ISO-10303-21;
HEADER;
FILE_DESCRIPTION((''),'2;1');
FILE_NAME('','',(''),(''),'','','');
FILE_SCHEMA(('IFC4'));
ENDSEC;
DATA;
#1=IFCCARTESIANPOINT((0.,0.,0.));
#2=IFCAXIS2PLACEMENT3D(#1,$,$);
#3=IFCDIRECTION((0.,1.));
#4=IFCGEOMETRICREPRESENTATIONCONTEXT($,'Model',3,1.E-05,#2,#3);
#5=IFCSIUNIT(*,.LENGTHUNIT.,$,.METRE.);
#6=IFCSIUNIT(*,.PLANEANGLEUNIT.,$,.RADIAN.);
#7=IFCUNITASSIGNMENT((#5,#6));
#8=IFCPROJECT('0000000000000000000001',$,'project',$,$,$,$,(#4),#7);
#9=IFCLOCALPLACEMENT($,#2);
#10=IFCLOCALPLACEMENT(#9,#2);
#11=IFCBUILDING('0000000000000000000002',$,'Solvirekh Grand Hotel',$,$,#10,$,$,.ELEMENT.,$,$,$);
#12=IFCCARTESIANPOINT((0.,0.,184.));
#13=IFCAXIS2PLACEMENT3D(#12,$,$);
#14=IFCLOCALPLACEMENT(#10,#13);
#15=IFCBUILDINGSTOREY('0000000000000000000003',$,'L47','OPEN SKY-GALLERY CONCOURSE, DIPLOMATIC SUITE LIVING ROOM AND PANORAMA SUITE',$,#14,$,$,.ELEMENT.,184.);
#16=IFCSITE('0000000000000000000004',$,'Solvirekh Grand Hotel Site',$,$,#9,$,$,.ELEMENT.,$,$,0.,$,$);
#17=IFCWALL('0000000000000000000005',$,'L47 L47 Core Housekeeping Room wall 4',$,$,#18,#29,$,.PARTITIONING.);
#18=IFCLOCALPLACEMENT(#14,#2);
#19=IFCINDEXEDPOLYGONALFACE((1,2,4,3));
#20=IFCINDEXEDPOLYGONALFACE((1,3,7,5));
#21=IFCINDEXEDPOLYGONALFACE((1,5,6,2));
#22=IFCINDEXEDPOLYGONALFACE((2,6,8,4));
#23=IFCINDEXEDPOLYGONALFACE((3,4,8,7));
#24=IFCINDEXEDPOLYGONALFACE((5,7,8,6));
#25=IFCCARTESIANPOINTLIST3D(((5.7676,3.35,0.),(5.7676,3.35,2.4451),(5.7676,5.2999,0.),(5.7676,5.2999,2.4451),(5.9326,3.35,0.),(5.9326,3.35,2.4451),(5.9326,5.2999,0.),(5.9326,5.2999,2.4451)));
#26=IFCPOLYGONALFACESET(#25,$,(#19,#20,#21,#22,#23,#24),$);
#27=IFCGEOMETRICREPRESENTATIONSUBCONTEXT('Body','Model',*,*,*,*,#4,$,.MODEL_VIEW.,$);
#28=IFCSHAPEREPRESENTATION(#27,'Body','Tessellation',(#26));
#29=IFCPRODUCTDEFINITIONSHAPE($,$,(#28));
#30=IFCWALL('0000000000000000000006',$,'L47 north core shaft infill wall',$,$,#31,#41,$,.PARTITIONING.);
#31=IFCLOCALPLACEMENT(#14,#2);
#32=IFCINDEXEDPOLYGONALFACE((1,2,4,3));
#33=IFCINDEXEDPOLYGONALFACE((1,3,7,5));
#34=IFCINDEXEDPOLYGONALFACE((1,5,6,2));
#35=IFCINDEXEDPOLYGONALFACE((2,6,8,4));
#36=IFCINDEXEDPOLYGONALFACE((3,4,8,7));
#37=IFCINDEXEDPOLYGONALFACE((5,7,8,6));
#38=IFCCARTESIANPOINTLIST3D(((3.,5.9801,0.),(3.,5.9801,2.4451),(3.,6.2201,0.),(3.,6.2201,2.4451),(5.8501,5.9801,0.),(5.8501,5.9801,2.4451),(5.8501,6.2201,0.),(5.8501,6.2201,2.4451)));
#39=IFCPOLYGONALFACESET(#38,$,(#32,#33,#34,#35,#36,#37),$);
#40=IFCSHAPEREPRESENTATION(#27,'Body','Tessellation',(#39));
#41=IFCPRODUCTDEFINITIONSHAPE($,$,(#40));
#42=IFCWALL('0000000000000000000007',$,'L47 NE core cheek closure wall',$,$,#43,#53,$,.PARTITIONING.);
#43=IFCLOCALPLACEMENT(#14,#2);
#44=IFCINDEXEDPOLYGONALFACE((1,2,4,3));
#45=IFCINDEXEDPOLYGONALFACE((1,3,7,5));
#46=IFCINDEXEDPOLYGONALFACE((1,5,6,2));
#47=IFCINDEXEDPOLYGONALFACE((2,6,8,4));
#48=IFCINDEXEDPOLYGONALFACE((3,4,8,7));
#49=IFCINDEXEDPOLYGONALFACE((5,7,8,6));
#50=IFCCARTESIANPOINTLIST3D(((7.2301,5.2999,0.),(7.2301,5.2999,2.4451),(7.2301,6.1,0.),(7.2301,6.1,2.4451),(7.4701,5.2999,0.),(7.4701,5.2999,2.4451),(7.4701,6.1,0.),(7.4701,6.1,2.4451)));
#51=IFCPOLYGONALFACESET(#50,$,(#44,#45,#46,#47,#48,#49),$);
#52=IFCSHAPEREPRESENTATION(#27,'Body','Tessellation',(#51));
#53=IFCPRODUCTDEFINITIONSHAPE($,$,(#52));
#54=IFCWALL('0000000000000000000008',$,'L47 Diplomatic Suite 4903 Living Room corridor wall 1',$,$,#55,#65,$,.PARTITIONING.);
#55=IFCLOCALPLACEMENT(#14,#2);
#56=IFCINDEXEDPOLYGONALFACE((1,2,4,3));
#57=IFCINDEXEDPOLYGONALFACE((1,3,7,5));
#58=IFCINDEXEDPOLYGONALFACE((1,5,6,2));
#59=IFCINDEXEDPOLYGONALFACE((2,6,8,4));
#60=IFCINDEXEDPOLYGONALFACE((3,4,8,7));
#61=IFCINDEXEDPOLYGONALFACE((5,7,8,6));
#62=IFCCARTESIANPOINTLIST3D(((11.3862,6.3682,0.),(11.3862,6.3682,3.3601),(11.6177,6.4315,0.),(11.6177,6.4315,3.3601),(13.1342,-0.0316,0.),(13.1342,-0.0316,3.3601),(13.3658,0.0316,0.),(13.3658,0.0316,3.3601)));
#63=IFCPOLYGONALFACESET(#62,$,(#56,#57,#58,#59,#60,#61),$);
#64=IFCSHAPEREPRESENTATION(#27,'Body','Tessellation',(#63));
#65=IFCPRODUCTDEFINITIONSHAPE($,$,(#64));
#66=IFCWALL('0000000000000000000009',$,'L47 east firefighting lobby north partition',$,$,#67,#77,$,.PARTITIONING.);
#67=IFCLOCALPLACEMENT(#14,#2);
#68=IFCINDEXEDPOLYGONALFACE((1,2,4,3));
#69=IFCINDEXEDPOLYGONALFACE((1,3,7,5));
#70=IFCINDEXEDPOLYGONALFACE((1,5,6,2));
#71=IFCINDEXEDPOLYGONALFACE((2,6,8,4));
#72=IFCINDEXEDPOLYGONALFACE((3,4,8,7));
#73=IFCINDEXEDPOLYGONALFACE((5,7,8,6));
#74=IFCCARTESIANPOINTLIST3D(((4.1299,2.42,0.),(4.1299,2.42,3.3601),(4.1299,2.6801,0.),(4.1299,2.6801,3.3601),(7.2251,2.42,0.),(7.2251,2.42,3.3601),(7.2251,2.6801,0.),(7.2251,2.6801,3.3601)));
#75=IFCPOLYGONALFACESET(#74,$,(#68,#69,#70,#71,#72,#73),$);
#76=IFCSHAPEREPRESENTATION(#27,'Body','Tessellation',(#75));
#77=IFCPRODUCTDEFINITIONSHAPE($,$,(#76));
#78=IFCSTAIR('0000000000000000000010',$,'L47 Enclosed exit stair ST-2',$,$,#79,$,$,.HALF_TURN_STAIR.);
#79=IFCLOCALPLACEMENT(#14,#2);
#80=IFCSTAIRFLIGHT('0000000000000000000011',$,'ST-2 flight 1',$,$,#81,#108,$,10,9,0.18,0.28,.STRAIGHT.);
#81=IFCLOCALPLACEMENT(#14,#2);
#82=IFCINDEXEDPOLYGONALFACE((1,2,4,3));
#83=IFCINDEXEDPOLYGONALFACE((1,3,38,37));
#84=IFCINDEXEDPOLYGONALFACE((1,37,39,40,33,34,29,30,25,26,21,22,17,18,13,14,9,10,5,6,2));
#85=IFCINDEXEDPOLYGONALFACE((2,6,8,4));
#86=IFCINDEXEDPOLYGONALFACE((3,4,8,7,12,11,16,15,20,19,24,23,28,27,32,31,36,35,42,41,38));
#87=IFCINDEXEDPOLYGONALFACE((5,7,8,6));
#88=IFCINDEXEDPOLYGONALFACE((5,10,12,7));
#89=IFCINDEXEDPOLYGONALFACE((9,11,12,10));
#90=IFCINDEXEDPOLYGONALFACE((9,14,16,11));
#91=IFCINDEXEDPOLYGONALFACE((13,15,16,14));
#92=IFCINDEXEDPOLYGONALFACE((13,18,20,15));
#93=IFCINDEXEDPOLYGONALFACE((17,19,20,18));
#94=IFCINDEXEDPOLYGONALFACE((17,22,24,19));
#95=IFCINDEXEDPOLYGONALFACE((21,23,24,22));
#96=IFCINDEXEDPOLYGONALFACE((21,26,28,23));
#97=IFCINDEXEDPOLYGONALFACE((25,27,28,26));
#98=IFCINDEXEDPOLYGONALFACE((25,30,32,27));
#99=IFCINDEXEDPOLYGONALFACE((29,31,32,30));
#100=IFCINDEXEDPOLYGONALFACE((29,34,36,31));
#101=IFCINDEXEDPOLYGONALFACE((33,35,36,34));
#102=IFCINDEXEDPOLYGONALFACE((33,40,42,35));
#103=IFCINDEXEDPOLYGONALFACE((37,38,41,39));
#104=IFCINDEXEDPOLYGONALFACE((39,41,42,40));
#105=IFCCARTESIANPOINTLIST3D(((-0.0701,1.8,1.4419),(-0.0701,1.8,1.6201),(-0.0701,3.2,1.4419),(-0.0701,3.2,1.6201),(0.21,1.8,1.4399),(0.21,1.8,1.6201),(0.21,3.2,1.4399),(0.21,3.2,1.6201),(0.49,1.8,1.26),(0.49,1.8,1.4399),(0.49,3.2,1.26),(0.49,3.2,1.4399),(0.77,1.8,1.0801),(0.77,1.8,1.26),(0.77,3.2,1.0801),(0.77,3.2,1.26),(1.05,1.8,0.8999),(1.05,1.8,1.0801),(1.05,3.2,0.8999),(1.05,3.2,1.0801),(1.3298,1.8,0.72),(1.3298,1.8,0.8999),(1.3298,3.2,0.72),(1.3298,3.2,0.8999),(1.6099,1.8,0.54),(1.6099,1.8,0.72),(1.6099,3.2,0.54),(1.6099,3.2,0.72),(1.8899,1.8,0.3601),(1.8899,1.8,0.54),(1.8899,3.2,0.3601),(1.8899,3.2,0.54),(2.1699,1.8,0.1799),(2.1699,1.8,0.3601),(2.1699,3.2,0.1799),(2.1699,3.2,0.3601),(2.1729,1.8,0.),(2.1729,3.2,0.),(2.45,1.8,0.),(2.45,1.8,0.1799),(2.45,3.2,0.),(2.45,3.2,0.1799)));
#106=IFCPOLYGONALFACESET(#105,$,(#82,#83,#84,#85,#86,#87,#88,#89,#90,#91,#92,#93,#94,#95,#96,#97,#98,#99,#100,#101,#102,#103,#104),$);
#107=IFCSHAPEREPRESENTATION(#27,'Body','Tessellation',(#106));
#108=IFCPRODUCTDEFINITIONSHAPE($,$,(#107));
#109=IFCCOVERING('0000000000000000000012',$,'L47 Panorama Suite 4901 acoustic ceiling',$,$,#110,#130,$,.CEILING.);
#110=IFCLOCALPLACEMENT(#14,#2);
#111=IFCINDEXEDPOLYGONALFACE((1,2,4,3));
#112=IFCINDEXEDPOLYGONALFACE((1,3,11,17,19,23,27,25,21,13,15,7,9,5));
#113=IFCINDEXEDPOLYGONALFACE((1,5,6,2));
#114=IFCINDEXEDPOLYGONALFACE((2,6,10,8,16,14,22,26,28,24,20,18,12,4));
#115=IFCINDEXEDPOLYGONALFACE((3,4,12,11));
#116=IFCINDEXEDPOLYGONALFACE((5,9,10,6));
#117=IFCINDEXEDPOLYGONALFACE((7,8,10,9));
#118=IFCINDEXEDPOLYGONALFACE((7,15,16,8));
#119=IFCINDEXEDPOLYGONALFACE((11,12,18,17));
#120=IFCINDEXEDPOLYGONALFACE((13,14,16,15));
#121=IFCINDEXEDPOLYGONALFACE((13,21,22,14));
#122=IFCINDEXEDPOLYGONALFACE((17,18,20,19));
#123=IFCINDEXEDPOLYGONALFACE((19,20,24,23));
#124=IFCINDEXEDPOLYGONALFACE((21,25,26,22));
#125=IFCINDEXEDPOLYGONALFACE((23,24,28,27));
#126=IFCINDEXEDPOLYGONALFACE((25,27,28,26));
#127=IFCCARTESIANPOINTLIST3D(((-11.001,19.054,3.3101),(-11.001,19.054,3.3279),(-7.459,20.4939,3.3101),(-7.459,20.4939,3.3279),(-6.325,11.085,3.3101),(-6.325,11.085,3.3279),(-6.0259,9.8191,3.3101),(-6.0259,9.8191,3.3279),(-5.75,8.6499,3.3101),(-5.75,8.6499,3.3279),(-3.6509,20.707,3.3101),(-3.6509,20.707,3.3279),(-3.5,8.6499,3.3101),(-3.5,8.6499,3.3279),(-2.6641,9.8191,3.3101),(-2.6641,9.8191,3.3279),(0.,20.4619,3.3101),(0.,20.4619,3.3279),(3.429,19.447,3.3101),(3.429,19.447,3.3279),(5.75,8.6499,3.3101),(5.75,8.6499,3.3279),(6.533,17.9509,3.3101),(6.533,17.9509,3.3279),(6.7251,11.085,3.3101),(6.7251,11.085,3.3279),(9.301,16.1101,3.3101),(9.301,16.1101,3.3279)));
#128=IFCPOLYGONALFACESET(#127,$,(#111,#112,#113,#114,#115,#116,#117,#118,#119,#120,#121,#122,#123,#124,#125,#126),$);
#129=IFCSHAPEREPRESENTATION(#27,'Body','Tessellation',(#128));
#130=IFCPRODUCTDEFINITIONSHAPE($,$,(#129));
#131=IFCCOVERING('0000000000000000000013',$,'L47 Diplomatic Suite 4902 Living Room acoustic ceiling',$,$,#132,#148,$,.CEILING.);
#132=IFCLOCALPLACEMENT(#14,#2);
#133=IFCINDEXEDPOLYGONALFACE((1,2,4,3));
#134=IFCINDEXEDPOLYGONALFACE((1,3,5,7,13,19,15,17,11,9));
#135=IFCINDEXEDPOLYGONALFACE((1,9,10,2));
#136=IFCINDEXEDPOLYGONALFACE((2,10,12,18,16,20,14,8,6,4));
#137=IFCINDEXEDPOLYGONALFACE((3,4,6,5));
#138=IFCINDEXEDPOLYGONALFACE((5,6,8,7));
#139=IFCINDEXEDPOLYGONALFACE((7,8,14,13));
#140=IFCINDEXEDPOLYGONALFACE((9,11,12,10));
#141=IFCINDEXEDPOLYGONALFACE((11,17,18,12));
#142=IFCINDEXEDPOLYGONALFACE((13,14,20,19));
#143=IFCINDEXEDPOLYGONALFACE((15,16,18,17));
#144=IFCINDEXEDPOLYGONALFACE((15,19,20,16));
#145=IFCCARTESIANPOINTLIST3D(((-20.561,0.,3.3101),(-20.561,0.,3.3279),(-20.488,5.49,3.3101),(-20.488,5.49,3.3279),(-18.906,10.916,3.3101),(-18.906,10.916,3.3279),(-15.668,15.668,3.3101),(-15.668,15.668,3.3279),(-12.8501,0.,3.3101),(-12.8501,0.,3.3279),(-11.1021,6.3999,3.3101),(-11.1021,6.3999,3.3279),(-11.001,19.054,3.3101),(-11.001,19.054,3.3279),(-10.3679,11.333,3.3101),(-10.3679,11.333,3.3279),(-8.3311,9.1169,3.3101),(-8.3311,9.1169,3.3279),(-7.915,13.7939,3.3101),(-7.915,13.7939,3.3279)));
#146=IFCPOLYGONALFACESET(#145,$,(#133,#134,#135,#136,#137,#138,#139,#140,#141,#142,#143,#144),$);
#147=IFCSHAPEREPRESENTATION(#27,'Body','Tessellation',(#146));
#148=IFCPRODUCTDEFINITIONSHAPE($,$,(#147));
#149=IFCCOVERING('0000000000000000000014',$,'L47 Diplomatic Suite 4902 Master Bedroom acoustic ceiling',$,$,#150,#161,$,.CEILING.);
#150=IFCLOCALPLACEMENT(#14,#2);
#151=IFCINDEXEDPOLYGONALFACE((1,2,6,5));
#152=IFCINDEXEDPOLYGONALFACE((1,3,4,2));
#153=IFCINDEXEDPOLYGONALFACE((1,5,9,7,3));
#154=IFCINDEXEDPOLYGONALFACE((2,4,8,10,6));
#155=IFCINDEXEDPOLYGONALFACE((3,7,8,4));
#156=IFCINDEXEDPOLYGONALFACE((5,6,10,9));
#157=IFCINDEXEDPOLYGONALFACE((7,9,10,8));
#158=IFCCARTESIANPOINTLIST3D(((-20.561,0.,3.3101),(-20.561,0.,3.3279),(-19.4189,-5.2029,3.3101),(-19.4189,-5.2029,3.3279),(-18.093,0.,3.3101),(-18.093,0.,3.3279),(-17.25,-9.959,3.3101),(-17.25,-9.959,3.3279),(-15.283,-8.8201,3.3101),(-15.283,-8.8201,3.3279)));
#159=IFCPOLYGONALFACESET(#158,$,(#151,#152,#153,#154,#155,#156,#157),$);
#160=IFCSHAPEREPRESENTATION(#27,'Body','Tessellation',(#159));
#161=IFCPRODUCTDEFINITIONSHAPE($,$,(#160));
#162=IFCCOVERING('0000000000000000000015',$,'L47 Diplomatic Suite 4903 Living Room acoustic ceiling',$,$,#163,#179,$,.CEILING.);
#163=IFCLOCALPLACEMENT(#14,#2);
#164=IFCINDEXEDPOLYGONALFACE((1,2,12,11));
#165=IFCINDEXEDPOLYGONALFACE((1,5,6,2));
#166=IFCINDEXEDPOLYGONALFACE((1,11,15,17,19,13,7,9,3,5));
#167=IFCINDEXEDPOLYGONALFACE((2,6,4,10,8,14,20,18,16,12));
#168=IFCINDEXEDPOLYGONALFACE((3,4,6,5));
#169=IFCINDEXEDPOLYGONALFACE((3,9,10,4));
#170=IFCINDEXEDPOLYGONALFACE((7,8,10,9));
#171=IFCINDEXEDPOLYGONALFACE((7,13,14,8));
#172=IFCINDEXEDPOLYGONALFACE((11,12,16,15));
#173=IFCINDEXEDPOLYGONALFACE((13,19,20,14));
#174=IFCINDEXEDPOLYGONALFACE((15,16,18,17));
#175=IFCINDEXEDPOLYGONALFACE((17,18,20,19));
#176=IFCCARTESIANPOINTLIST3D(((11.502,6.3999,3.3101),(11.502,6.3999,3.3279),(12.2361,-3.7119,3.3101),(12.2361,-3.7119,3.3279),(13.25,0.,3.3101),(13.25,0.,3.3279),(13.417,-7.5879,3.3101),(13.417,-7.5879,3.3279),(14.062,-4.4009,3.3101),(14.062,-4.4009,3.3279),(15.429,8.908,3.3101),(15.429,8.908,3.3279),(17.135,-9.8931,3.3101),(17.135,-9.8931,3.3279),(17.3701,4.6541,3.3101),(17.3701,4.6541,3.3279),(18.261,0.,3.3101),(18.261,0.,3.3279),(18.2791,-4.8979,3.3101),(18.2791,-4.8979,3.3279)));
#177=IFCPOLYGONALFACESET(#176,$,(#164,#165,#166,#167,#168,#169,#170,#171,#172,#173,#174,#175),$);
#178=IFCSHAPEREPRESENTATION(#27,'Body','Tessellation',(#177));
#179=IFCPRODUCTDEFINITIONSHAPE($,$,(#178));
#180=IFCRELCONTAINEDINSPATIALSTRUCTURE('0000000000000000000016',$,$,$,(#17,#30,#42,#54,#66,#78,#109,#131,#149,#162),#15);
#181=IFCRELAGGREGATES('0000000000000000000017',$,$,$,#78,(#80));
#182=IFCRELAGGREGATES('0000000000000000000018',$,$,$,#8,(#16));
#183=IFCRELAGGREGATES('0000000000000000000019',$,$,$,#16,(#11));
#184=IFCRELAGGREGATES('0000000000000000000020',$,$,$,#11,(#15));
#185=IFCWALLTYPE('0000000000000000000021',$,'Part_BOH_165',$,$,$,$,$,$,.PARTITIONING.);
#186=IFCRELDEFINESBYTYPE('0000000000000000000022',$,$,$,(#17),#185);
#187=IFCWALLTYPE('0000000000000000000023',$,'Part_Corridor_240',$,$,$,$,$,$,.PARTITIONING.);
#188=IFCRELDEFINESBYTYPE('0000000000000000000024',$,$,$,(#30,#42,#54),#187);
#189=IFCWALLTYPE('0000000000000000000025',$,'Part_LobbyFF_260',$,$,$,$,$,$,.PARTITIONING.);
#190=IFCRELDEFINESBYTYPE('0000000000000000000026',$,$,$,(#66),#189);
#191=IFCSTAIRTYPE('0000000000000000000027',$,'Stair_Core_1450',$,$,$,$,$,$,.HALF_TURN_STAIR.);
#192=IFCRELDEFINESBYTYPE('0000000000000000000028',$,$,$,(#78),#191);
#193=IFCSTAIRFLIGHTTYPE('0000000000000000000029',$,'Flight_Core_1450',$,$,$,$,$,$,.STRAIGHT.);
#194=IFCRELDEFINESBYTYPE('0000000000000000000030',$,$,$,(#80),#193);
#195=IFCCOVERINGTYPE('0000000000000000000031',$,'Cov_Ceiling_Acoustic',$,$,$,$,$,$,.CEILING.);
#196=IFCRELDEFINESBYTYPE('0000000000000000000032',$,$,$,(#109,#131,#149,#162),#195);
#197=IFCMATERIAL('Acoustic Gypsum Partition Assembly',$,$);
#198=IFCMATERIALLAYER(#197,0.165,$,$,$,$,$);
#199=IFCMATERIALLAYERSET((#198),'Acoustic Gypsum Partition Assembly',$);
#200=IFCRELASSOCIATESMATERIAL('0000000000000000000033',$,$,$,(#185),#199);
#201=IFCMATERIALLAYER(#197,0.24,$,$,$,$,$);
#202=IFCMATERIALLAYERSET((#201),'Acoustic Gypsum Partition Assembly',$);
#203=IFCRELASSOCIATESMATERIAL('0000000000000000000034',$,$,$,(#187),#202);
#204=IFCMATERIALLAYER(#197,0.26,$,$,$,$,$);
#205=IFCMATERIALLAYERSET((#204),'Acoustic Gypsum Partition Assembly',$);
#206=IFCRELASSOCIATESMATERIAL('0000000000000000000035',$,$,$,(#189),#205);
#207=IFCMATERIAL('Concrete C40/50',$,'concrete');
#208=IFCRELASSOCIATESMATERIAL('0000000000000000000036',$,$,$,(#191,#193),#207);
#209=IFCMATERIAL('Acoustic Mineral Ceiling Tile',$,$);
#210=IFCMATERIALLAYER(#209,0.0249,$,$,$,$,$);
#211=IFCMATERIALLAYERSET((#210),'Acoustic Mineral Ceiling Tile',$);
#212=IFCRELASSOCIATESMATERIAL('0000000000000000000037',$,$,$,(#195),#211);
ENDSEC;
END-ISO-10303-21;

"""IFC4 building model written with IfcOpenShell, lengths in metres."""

from ifc_helpers import new_model, si_unit, direction, frame, frame_2d, origin, place, context, subcontext, project, spatial, polyline, rectangle, outline, extrude, material, layer, layer_set, type_object, element, aggregate, save


model = new_model("IFC4")

# Units and contexts
model_context = context("Model", 3, precision=1e-05, world=origin(), true_north=direction((0.0, 1.0)))
body_context = subcontext(model_context, "Body", "Model", "MODEL_VIEW")
ifc_project = project(units=[si_unit("LENGTHUNIT", "METRE"), si_unit("PLANEANGLEUNIT", "RADIAN")], contexts=[model_context])

# Site, building, storey
site_placement = place(None, origin())
site = spatial("IfcSite", under=ifc_project, at=site_placement, Name="Solvirekh Grand Hotel Site", CompositionType="ELEMENT", RefElevation=0.0)
building_placement = place(site_placement, origin())
building = spatial("IfcBuilding", under=site, at=building_placement, Name="Solvirekh Grand Hotel", CompositionType="ELEMENT")
storey_placement = place(building_placement, frame((0.0, 0.0, 184.0)))
storey = spatial("IfcBuildingStorey", under=building, at=storey_placement, Name="L47", Description="OPEN SKY-GALLERY CONCOURSE, DIPLOMATIC SUITE LIVING ROOM AND PANORAMA SUITE", CompositionType="ELEMENT", Elevation=184.0)

# Shared definitions
ifc_material_1 = material(Name="Concrete C40/50", Category="concrete")

# Shared definitions
ifc_material_2 = material(Name="Acoustic Gypsum Partition Assembly")
ifc_layer_1 = layer(ifc_material_2, 0.165)
ifc_layer_set_1 = layer_set([ifc_layer_1], Name="Acoustic Gypsum Partition Assembly")
wall_type_1 = type_object("IfcWallType", Name="Part_BOH_165", PredefinedType="PARTITIONING", material=ifc_layer_set_1)

# Walls
wall_1_placement = place(storey_placement, frame((5.8501, 5.3, 0.0), z_axis=(0.0, 0.0, 1.0), x_axis=(0.0, -1.0, 0.0)))
element("IfcWall", 1, at=wall_1_placement, inside=storey, type_object=wall_type_1, Name="L47 L47 Core Housekeeping Room wall 4", PredefinedType="PARTITIONING", context=body_context, shape_type="SweptSolid", body=[
    extrude(rectangle(XDim=1.95, YDim=0.165, at=frame_2d((0.9751, 0.0))), origin(), (0.0, 0.0, 1.0), 2.4451),
])
ifc_layer_2 = layer(ifc_material_2, 0.24)
ifc_layer_set_2 = layer_set([ifc_layer_2], Name="Acoustic Gypsum Partition Assembly")
wall_type_2 = type_object("IfcWallType", Name="Part_Corridor_240", PredefinedType="PARTITIONING", material=ifc_layer_set_2)
wall_2_placement = place(storey_placement, frame((3.0, 6.1001, 0.0), z_axis=(0.0, 0.0, 1.0), x_axis=(1.0, 0.0, 0.0)))
element("IfcWall", 2, at=wall_2_placement, inside=storey, type_object=wall_type_2, Name="L47 north core shaft infill wall", PredefinedType="PARTITIONING", context=body_context, shape_type="SweptSolid", body=[
    extrude(rectangle(XDim=2.8501, YDim=0.24, at=frame_2d((1.425, 0.0))), origin(), (0.0, 0.0, 1.0), 2.4451),
])
wall_3_placement = place(storey_placement, frame((7.3501, 5.3, 0.0), z_axis=(0.0, 0.0, 1.0), x_axis=(0.0, 1.0, 0.0)))
element("IfcWall", 3, at=wall_3_placement, inside=storey, type_object=wall_type_2, Name="L47 NE core cheek closure wall", PredefinedType="PARTITIONING", context=body_context, shape_type="SweptSolid", body=[
    extrude(rectangle(XDim=0.8, YDim=0.24, at=frame_2d((0.3999, 0.0))), origin(), (0.0, 0.0, 1.0), 2.4451),
])
wall_4_placement = place(storey_placement, frame((13.25, 0.0, 0.0), z_axis=(0.0, 0.0, 1.0), x_axis=(-0.263485, 0.964664, 0.0)))
element("IfcWall", 4, at=wall_4_placement, inside=storey, type_object=wall_type_2, Name="L47 Diplomatic Suite 4903 Living Room corridor wall 1", PredefinedType="PARTITIONING", context=body_context, shape_type="SweptSolid", body=[
    extrude(rectangle(XDim=6.6343, YDim=0.24, at=frame_2d((3.3171, 0.0))), origin(), (0.0, 0.0, 1.0), 3.3601),
])
ifc_layer_3 = layer(ifc_material_2, 0.26)
ifc_layer_set_3 = layer_set([ifc_layer_3], Name="Acoustic Gypsum Partition Assembly")
wall_type_3 = type_object("IfcWallType", Name="Part_LobbyFF_260", PredefinedType="PARTITIONING", material=ifc_layer_set_3)
wall_5_placement = place(storey_placement, frame((4.1299, 2.55, 0.0), z_axis=(0.0, 0.0, 1.0), x_axis=(1.0, 0.0, 0.0)))
element("IfcWall", 5, at=wall_5_placement, inside=storey, type_object=wall_type_3, Name="L47 east firefighting lobby north partition", PredefinedType="PARTITIONING", context=body_context, shape_type="SweptSolid", body=[
    extrude(rectangle(XDim=3.0952, YDim=0.26, at=frame_2d((1.5476, 0.0))), origin(), (0.0, 0.0, 1.0), 3.3601),
])

# Stair, stair flight
stair_type = type_object("IfcStairType", Name="Stair_Core_1450", PredefinedType="HALF_TURN_STAIR", material=ifc_material_1)
stair_placement = place(storey_placement, origin())
stair = element("IfcStair", 6, at=stair_placement, inside=storey, type_object=stair_type, Name="L47 Enclosed exit stair ST-2", PredefinedType="HALF_TURN_STAIR")
stair_flight_type = type_object("IfcStairFlightType", Name="Flight_Core_1450", PredefinedType="STRAIGHT", material=ifc_material_1)
stair_flight_placement = place(storey_placement, frame((2.45, 2.5, 0.0), z_axis=(0.0, 0.0, 1.0), x_axis=(-1.0, 0.0, 0.0)))
stair_flight = element("IfcStairFlight", 7, at=stair_flight_placement, type_object=stair_flight_type, Name="ST-2 flight 1", NumberOfRisers=10, NumberOfTreads=9, PredefinedType="STRAIGHT", RiserHeight=0.18, TreadLength=0.28, context=body_context, shape_type="SweptSolid", body=[
    extrude(outline(polyline([(0.0, 0.0), (0.0, 0.1799), (0.28, 0.1799), (0.28, 0.3601), (0.5601, 0.3601), (0.5601, 0.54), (0.8401, 0.54), (0.8401, 0.72), (1.1201, 0.72), (1.1201, 0.8999), (1.3999, 0.8999), (1.3999, 1.0801), (1.6799, 1.0801), (1.6799, 1.26), (1.96, 1.26), (1.96, 1.4399), (2.24, 1.4399), (2.24, 1.6201), (2.52, 1.6201), (2.52, 1.8), (2.52, 1.4419), (0.2771, 0.0), (0.0, 0.0)])), frame((0.0, 0.7, 0.0), z_axis=(0.0, -1.0, 0.0), x_axis=(1.0, 0.0, 0.0)), (0.0, 0.0, 1.0), 1.3999),
])
aggregate(stair, [stair_flight])

# Coverings
ifc_material_3 = material(Name="Acoustic Mineral Ceiling Tile")
ifc_layer_4 = layer(ifc_material_3, 0.0249)
ifc_layer_set_4 = layer_set([ifc_layer_4], Name="Acoustic Mineral Ceiling Tile")
covering_type_1 = type_object("IfcCoveringType", Name="Cov_Ceiling_Acoustic", PredefinedType="CEILING", material=ifc_layer_set_4)
covering_1_placement = place(storey_placement, frame((0.0, 0.0, 3.3101)))
element("IfcCovering", 8, at=covering_1_placement, inside=storey, type_object=covering_type_1, Name="L47 Panorama Suite 4901 acoustic ceiling", PredefinedType="CEILING", context=body_context, shape_type="SweptSolid", body=[
    extrude(outline(polyline([(-5.75, 8.6499), (-6.0259, 9.8191), (-2.6641, 9.8191), (-3.5, 8.6499), (5.75, 8.6499), (6.7251, 11.085), (9.301, 16.1101), (6.533, 17.9509), (3.429, 19.447), (0.0, 20.4619), (-3.6509, 20.707), (-7.459, 20.4939), (-11.001, 19.054), (-6.325, 11.085), (-5.75, 8.6499)])), origin(), (0.0, 0.0, 1.0), 0.0178),
])
covering_2_placement = place(storey_placement, frame((0.0, 0.0, 3.3101)))
element("IfcCovering", 9, at=covering_2_placement, inside=storey, type_object=covering_type_1, Name="L47 Diplomatic Suite 4902 Living Room acoustic ceiling", PredefinedType="CEILING", context=body_context, shape_type="SweptSolid", body=[
    extrude(outline(polyline([(-10.3679, 11.333), (-7.915, 13.7939), (-11.001, 19.054), (-15.668, 15.668), (-18.906, 10.916), (-20.488, 5.49), (-20.561, 0.0), (-12.8501, 0.0), (-11.1021, 6.3999), (-8.3311, 9.1169), (-10.3679, 11.333)])), origin(), (0.0, 0.0, 1.0), 0.0178),
])
covering_3_placement = place(storey_placement, frame((0.0, 0.0, 3.3101)))
element("IfcCovering", 10, at=covering_3_placement, inside=storey, type_object=covering_type_1, Name="L47 Diplomatic Suite 4902 Master Bedroom acoustic ceiling", PredefinedType="CEILING", context=body_context, shape_type="SweptSolid", body=[
    extrude(outline(polyline([(-20.561, 0.0), (-19.4189, -5.2029), (-17.25, -9.959), (-15.283, -8.8201), (-18.093, 0.0), (-20.561, 0.0)])), origin(), (0.0, 0.0, 1.0), 0.0178),
])
covering_4_placement = place(storey_placement, frame((0.0, 0.0, 3.3101)))
element("IfcCovering", 11, at=covering_4_placement, inside=storey, type_object=covering_type_1, Name="L47 Diplomatic Suite 4903 Living Room acoustic ceiling", PredefinedType="CEILING", context=body_context, shape_type="SweptSolid", body=[
    extrude(outline(polyline([(14.062, -4.4009), (13.417, -7.5879), (17.135, -9.8931), (18.2791, -4.8979), (18.261, 0.0), (17.3701, 4.6541), (15.429, 8.908), (11.502, 6.3999), (13.25, 0.0), (12.2361, -3.7119), (14.062, -4.4009)])), origin(), (0.0, 0.0, 1.0), 0.0178),
])

save(model, "model.ifc")
